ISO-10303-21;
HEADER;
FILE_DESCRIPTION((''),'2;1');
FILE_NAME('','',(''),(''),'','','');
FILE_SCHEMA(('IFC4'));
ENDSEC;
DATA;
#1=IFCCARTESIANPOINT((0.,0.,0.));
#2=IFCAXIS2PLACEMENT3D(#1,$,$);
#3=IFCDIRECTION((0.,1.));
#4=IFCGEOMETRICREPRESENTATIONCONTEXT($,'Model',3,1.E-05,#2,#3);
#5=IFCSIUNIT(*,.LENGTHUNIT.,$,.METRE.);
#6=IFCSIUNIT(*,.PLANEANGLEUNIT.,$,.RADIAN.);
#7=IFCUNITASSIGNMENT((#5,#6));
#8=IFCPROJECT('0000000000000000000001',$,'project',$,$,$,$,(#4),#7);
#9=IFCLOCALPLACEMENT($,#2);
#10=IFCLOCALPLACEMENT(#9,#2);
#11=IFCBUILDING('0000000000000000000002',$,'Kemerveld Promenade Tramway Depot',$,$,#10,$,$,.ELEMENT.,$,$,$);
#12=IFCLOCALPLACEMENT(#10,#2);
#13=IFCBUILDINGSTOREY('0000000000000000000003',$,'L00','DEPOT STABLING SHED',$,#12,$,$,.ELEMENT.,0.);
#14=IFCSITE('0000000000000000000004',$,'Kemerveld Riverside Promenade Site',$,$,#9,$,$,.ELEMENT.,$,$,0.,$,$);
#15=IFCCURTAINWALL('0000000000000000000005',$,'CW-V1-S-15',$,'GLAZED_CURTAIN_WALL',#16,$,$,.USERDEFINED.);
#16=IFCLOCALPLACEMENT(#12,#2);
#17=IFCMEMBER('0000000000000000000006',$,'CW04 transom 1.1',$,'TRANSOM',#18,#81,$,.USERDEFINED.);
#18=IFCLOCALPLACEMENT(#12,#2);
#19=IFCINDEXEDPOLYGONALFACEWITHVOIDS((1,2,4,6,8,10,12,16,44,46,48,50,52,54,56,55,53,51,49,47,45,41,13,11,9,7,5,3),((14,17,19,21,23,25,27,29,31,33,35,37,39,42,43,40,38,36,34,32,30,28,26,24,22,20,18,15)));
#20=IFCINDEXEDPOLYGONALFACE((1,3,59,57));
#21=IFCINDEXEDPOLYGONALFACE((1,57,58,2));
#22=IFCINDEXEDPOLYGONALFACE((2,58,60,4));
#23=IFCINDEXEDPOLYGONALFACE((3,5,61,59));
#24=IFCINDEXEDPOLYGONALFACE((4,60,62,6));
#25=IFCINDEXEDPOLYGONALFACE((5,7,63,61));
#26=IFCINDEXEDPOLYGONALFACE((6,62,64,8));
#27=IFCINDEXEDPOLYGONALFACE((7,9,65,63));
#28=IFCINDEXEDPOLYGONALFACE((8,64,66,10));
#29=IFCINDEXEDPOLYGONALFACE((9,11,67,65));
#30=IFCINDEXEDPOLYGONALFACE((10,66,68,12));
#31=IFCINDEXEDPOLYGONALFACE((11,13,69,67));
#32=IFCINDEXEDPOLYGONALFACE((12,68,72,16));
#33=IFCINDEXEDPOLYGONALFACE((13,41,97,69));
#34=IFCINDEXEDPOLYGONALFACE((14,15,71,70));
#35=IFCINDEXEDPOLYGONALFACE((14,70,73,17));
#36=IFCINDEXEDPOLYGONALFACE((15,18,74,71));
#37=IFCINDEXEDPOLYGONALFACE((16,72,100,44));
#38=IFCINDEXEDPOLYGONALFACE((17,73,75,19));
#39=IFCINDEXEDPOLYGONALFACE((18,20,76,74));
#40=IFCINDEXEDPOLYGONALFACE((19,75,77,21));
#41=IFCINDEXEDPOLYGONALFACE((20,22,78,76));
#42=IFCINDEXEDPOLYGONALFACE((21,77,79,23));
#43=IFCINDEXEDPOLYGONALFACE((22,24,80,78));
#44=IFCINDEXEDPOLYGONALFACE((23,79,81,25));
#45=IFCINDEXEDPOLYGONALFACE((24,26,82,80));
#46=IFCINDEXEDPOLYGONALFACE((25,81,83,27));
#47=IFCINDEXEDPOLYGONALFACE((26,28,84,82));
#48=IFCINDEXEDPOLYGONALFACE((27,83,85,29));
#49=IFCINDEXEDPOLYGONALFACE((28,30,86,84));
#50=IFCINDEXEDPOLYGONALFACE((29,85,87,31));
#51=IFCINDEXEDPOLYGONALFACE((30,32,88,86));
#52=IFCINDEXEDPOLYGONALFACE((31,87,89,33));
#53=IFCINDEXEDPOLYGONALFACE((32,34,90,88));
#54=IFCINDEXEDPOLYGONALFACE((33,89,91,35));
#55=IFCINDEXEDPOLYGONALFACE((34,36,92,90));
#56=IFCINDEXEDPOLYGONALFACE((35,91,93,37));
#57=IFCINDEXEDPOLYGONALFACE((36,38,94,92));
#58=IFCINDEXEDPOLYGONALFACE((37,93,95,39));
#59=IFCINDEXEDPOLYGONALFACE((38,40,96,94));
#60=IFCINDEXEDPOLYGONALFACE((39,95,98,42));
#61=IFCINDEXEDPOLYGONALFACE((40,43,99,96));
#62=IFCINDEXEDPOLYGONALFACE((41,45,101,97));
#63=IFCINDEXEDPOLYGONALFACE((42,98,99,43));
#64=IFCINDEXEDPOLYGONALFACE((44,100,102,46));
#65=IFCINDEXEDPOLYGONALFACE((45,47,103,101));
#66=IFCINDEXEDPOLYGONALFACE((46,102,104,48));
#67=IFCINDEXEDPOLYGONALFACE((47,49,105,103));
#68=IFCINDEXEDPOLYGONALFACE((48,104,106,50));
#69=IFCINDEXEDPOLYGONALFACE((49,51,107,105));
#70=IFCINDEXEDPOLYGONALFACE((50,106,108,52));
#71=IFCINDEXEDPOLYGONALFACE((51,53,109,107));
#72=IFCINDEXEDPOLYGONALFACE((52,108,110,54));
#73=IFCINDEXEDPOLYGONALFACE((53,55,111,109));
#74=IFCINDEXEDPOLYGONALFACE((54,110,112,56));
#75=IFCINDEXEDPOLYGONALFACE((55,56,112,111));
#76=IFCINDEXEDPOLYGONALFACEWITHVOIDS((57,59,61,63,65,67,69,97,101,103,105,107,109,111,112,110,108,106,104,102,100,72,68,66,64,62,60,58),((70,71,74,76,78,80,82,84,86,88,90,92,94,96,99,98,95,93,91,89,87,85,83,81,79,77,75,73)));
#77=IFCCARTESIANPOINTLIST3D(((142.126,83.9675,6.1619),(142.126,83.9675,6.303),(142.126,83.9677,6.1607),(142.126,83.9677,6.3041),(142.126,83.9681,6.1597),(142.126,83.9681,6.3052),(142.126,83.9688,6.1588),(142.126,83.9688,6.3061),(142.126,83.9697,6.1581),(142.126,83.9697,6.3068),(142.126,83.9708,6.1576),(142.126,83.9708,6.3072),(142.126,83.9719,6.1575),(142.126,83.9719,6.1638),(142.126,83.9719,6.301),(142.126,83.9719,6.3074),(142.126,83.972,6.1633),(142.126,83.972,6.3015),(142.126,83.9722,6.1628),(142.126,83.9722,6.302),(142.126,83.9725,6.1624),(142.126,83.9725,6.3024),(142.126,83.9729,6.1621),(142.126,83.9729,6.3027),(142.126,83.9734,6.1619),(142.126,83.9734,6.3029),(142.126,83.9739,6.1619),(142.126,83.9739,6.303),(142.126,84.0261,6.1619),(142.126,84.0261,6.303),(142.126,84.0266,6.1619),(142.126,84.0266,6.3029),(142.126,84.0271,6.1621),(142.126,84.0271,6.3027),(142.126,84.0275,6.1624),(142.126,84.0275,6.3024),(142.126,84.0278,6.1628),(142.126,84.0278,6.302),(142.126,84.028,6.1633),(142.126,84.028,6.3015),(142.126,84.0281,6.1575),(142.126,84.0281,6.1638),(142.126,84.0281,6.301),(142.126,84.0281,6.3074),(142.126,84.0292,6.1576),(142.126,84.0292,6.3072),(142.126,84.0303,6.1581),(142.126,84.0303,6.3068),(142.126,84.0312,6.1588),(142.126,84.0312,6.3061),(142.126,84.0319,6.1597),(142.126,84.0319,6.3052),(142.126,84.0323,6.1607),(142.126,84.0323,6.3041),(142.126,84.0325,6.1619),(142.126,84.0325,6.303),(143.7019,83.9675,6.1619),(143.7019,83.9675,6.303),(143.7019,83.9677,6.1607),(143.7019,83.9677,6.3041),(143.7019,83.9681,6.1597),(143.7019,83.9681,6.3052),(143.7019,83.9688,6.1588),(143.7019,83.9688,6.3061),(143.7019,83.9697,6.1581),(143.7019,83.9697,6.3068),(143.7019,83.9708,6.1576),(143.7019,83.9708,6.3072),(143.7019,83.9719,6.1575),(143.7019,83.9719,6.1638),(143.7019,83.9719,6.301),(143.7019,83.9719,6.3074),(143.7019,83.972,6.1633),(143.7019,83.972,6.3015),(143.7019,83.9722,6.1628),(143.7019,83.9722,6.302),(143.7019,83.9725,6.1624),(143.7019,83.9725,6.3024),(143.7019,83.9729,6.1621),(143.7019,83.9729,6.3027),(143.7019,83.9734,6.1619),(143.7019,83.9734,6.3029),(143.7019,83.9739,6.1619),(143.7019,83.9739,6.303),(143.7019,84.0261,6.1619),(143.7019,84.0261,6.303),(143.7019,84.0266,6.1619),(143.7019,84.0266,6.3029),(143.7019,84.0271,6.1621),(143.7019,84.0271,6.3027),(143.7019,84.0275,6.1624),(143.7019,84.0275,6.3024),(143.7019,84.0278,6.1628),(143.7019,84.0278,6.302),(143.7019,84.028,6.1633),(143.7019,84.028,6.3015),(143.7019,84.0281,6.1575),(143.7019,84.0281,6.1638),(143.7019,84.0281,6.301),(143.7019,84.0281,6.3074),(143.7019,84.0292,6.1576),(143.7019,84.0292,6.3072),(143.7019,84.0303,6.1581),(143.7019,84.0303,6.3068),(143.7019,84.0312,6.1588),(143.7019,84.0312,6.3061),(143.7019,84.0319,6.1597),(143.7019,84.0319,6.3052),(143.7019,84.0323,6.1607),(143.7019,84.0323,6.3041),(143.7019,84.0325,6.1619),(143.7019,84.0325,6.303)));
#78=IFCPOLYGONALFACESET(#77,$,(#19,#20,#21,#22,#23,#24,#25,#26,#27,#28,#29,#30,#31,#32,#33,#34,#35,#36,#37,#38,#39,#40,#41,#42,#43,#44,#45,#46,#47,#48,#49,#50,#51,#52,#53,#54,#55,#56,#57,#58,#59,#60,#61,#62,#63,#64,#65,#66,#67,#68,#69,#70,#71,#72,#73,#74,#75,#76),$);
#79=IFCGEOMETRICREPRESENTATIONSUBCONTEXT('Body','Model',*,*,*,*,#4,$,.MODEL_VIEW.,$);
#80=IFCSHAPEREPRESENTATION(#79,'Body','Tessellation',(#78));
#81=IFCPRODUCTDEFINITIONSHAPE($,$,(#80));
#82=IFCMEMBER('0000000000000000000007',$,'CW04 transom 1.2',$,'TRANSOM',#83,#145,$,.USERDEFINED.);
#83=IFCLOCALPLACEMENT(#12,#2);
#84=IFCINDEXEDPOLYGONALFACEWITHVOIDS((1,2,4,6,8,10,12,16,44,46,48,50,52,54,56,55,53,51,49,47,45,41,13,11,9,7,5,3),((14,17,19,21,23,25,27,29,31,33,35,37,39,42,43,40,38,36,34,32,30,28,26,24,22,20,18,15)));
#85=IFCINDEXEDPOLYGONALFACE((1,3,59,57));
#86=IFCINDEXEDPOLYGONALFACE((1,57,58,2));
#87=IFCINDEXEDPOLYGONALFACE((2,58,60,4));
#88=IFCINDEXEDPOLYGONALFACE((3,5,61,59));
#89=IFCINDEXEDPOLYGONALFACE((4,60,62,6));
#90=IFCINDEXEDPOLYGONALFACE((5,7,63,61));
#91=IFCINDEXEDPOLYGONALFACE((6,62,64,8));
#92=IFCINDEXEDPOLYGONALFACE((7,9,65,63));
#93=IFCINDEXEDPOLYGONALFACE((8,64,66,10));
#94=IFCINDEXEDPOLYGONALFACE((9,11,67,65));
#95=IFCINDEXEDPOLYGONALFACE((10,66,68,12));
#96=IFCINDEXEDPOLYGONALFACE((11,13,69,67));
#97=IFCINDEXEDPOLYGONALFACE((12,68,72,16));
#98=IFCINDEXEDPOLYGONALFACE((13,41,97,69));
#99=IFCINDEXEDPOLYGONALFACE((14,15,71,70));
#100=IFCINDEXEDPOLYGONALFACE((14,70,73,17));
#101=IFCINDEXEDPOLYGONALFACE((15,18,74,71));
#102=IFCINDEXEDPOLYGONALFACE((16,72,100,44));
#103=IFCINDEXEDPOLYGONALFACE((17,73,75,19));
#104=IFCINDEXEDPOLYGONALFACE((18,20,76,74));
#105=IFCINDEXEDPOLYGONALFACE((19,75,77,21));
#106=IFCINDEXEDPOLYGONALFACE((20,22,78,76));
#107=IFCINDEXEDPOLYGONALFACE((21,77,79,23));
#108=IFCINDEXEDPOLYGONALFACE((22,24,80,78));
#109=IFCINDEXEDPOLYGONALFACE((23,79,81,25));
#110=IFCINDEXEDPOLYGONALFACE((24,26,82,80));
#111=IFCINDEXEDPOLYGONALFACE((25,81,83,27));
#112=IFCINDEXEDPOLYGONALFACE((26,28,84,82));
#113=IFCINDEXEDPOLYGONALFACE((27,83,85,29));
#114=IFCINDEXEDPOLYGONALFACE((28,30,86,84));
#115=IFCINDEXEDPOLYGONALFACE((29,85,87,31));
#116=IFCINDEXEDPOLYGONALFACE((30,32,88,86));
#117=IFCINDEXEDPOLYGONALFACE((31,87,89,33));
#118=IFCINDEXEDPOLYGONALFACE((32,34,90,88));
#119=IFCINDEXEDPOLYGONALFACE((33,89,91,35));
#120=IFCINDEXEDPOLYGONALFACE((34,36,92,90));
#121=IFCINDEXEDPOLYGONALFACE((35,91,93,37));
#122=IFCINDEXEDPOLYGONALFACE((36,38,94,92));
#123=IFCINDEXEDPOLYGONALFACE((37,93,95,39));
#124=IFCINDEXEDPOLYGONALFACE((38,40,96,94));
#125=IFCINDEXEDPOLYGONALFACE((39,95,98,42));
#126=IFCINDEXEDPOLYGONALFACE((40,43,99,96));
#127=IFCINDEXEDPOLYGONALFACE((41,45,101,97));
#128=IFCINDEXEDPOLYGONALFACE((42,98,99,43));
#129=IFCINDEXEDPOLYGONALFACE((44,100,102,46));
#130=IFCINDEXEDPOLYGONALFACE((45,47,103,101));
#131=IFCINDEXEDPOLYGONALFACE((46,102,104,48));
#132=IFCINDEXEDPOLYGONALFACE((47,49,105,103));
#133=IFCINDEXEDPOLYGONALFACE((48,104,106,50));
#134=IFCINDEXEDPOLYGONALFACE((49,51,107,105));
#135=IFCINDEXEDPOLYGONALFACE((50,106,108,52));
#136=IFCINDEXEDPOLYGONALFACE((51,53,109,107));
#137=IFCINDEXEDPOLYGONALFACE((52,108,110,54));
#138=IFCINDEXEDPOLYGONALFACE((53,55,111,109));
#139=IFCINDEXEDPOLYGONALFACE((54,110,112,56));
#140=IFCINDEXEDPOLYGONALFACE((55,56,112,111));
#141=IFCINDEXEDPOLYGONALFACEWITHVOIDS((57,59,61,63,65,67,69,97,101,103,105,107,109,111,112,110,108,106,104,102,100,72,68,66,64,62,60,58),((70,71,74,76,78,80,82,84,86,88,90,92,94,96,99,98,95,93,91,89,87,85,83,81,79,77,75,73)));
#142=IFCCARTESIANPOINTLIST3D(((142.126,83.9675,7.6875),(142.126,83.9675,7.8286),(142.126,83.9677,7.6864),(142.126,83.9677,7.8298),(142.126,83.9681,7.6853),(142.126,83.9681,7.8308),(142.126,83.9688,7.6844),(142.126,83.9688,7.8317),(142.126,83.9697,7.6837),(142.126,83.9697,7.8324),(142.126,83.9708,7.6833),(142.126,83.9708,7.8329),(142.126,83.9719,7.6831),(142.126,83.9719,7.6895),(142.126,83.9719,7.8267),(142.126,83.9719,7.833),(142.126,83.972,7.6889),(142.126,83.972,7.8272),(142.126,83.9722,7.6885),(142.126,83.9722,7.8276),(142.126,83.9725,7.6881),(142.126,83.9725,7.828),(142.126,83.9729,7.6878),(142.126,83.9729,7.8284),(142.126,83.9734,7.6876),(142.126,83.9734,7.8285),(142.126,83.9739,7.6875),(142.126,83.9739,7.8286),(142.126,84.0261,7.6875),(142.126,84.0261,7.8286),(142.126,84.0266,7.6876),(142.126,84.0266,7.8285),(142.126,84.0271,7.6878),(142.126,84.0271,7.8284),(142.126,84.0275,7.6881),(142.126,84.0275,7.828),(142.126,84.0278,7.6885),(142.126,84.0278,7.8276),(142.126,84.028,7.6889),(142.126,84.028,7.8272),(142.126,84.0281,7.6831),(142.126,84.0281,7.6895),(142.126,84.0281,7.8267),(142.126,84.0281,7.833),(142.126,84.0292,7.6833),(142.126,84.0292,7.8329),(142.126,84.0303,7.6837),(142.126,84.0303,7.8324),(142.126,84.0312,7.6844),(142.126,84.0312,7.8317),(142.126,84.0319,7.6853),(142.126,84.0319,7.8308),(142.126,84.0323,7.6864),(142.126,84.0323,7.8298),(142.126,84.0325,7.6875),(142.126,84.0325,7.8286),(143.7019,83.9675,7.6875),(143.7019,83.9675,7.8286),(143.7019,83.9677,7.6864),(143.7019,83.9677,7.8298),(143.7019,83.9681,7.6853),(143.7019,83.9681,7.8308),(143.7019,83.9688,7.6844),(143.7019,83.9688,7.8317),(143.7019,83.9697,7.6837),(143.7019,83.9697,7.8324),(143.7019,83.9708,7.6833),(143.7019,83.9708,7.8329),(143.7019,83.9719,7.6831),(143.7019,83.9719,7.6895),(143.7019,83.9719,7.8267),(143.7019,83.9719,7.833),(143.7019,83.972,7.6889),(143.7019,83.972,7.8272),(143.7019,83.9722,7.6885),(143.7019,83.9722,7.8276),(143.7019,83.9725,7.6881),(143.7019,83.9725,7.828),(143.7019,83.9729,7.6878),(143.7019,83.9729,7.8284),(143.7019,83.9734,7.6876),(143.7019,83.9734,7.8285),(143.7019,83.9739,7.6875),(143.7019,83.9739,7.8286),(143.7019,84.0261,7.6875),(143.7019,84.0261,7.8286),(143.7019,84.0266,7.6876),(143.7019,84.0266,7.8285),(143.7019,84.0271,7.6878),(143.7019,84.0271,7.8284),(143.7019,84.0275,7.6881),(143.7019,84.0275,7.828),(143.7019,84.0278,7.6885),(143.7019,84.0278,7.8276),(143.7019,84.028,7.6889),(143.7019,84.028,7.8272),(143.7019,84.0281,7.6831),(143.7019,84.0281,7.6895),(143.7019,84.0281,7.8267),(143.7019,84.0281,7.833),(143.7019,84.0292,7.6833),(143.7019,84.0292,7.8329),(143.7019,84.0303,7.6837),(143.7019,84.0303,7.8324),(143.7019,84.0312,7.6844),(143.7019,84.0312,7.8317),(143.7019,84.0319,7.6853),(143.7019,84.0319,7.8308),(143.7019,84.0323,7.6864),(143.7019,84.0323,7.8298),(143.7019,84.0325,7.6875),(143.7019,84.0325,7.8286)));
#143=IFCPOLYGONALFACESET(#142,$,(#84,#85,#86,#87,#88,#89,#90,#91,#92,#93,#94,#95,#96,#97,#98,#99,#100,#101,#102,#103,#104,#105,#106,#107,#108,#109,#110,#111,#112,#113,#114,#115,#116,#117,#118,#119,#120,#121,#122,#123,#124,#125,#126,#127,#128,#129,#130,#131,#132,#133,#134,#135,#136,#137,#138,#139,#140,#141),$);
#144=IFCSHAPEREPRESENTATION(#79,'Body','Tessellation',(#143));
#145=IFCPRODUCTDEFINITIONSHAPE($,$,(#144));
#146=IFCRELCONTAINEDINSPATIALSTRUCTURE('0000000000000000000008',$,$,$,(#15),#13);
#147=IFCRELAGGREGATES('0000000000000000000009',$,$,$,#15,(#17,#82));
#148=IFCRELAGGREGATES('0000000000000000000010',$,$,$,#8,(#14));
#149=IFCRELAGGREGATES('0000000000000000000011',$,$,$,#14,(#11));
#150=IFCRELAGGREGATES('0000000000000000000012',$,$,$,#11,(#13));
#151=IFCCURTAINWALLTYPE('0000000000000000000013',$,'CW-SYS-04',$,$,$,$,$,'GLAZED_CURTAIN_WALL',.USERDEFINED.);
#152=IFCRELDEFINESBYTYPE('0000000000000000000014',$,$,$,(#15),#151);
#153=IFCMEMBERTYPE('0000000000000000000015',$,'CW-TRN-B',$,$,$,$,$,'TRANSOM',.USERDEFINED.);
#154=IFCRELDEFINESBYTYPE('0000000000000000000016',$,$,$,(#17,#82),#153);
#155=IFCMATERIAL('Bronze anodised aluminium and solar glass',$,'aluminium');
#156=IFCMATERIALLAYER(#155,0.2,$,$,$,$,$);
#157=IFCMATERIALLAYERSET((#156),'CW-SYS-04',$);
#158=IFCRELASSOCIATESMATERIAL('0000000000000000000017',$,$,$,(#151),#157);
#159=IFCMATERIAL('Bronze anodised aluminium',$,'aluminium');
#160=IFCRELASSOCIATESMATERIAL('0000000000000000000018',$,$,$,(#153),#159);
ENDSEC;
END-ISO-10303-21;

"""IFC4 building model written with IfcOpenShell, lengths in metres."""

from ifc_helpers import new_model, si_unit, direction, frame, origin, origin_2d, place, context, subcontext, project, spatial, hollow_rectangle, extrude, material, layer, layer_set, material_profile, profile_set, type_object, element, aggregate, save


model = new_model("IFC4")

# Units and contexts
model_context = context("Model", 3, precision=1e-05, world=origin(), true_north=direction((0.0, 1.0)))
body_context = subcontext(model_context, "Body", "Model", "MODEL_VIEW")
ifc_project = project(units=[si_unit("LENGTHUNIT", "METRE"), si_unit("PLANEANGLEUNIT", "RADIAN")], contexts=[model_context])

# Site, building, storey
site_placement = place(None, origin())
site = spatial("IfcSite", under=ifc_project, at=site_placement, Name="Kemerveld Riverside Promenade Site", CompositionType="ELEMENT", RefElevation=0.0)
building_placement = place(site_placement, origin())
building = spatial("IfcBuilding", under=site, at=building_placement, Name="Kemerveld Promenade Tramway Depot", CompositionType="ELEMENT")
storey_placement = place(building_placement, origin())
storey = spatial("IfcBuildingStorey", under=building, at=storey_placement, Name="L00", Description="DEPOT STABLING SHED", CompositionType="ELEMENT", Elevation=0.0)

# Curtain wall, members
ifc_material_1 = material(Name="Bronze anodised aluminium and solar glass", Category="aluminium")
ifc_layer_1 = layer(ifc_material_1, 0.2)
ifc_layer_set_1 = layer_set([ifc_layer_1], Name="CW-SYS-04")
curtain_wall_type = type_object("IfcCurtainWallType", Name="CW-SYS-04", ElementType="GLAZED_CURTAIN_WALL", PredefinedType="USERDEFINED", material=ifc_layer_set_1)
curtain_wall_placement = place(storey_placement, origin())
curtain_wall = element("IfcCurtainWall", 1, at=curtain_wall_placement, inside=storey, type_object=curtain_wall_type, Name="CW-V1-S-15", ObjectType="GLAZED_CURTAIN_WALL", PredefinedType="USERDEFINED")
ifc_material_2 = material(Name="Bronze anodised aluminium", Category="aluminium")
ifc_material_profile_1 = material_profile(ifc_material_2, hollow_rectangle(XDim=0.0649, YDim=0.1499, WallThickness=0.0044, InnerFilletRadius=0.002, OuterFilletRadius=0.0044, at=origin_2d()), Name="CW-TRN-150x65")
ifc_profile_set_1 = profile_set([ifc_material_profile_1], Name="Bronze anodised aluminium")
member_type_1 = type_object("IfcMemberType", Name="CW-TRN-B", ElementType="TRANSOM", PredefinedType="USERDEFINED", material=ifc_profile_set_1)
member_1_placement = place(storey_placement, frame((143.7019, 84.0, 6.2324), z_axis=(-1.0, 0.0, 0.0), x_axis=(0.0, -1.0, 0.0)))
member_1 = element("IfcMember", 2, at=member_1_placement, type_object=member_type_1, Name="CW04 transom 1.1", ObjectType="TRANSOM", PredefinedType="USERDEFINED", context=body_context, shape_type="SweptSolid", body=[
    extrude(hollow_rectangle(XDim=0.0649, YDim=0.1499, WallThickness=0.0044, InnerFilletRadius=0.002, OuterFilletRadius=0.0044, at=origin_2d()), origin(), (0.0, 0.0, 1.0), 1.5759),
])
member_2_placement = place(storey_placement, frame((143.7019, 84.0, 7.7581), z_axis=(-1.0, 0.0, 0.0), x_axis=(0.0, -1.0, 0.0)))
member_2 = element("IfcMember", 3, at=member_2_placement, type_object=member_type_1, Name="CW04 transom 1.2", ObjectType="TRANSOM", PredefinedType="USERDEFINED", context=body_context, shape_type="SweptSolid", body=[
    extrude(hollow_rectangle(XDim=0.0649, YDim=0.1499, WallThickness=0.0044, InnerFilletRadius=0.002, OuterFilletRadius=0.0044, at=origin_2d()), origin(), (0.0, 0.0, 1.0), 1.5759),
])
aggregate(curtain_wall, [member_1, member_2])

save(model, "model.ifc")
